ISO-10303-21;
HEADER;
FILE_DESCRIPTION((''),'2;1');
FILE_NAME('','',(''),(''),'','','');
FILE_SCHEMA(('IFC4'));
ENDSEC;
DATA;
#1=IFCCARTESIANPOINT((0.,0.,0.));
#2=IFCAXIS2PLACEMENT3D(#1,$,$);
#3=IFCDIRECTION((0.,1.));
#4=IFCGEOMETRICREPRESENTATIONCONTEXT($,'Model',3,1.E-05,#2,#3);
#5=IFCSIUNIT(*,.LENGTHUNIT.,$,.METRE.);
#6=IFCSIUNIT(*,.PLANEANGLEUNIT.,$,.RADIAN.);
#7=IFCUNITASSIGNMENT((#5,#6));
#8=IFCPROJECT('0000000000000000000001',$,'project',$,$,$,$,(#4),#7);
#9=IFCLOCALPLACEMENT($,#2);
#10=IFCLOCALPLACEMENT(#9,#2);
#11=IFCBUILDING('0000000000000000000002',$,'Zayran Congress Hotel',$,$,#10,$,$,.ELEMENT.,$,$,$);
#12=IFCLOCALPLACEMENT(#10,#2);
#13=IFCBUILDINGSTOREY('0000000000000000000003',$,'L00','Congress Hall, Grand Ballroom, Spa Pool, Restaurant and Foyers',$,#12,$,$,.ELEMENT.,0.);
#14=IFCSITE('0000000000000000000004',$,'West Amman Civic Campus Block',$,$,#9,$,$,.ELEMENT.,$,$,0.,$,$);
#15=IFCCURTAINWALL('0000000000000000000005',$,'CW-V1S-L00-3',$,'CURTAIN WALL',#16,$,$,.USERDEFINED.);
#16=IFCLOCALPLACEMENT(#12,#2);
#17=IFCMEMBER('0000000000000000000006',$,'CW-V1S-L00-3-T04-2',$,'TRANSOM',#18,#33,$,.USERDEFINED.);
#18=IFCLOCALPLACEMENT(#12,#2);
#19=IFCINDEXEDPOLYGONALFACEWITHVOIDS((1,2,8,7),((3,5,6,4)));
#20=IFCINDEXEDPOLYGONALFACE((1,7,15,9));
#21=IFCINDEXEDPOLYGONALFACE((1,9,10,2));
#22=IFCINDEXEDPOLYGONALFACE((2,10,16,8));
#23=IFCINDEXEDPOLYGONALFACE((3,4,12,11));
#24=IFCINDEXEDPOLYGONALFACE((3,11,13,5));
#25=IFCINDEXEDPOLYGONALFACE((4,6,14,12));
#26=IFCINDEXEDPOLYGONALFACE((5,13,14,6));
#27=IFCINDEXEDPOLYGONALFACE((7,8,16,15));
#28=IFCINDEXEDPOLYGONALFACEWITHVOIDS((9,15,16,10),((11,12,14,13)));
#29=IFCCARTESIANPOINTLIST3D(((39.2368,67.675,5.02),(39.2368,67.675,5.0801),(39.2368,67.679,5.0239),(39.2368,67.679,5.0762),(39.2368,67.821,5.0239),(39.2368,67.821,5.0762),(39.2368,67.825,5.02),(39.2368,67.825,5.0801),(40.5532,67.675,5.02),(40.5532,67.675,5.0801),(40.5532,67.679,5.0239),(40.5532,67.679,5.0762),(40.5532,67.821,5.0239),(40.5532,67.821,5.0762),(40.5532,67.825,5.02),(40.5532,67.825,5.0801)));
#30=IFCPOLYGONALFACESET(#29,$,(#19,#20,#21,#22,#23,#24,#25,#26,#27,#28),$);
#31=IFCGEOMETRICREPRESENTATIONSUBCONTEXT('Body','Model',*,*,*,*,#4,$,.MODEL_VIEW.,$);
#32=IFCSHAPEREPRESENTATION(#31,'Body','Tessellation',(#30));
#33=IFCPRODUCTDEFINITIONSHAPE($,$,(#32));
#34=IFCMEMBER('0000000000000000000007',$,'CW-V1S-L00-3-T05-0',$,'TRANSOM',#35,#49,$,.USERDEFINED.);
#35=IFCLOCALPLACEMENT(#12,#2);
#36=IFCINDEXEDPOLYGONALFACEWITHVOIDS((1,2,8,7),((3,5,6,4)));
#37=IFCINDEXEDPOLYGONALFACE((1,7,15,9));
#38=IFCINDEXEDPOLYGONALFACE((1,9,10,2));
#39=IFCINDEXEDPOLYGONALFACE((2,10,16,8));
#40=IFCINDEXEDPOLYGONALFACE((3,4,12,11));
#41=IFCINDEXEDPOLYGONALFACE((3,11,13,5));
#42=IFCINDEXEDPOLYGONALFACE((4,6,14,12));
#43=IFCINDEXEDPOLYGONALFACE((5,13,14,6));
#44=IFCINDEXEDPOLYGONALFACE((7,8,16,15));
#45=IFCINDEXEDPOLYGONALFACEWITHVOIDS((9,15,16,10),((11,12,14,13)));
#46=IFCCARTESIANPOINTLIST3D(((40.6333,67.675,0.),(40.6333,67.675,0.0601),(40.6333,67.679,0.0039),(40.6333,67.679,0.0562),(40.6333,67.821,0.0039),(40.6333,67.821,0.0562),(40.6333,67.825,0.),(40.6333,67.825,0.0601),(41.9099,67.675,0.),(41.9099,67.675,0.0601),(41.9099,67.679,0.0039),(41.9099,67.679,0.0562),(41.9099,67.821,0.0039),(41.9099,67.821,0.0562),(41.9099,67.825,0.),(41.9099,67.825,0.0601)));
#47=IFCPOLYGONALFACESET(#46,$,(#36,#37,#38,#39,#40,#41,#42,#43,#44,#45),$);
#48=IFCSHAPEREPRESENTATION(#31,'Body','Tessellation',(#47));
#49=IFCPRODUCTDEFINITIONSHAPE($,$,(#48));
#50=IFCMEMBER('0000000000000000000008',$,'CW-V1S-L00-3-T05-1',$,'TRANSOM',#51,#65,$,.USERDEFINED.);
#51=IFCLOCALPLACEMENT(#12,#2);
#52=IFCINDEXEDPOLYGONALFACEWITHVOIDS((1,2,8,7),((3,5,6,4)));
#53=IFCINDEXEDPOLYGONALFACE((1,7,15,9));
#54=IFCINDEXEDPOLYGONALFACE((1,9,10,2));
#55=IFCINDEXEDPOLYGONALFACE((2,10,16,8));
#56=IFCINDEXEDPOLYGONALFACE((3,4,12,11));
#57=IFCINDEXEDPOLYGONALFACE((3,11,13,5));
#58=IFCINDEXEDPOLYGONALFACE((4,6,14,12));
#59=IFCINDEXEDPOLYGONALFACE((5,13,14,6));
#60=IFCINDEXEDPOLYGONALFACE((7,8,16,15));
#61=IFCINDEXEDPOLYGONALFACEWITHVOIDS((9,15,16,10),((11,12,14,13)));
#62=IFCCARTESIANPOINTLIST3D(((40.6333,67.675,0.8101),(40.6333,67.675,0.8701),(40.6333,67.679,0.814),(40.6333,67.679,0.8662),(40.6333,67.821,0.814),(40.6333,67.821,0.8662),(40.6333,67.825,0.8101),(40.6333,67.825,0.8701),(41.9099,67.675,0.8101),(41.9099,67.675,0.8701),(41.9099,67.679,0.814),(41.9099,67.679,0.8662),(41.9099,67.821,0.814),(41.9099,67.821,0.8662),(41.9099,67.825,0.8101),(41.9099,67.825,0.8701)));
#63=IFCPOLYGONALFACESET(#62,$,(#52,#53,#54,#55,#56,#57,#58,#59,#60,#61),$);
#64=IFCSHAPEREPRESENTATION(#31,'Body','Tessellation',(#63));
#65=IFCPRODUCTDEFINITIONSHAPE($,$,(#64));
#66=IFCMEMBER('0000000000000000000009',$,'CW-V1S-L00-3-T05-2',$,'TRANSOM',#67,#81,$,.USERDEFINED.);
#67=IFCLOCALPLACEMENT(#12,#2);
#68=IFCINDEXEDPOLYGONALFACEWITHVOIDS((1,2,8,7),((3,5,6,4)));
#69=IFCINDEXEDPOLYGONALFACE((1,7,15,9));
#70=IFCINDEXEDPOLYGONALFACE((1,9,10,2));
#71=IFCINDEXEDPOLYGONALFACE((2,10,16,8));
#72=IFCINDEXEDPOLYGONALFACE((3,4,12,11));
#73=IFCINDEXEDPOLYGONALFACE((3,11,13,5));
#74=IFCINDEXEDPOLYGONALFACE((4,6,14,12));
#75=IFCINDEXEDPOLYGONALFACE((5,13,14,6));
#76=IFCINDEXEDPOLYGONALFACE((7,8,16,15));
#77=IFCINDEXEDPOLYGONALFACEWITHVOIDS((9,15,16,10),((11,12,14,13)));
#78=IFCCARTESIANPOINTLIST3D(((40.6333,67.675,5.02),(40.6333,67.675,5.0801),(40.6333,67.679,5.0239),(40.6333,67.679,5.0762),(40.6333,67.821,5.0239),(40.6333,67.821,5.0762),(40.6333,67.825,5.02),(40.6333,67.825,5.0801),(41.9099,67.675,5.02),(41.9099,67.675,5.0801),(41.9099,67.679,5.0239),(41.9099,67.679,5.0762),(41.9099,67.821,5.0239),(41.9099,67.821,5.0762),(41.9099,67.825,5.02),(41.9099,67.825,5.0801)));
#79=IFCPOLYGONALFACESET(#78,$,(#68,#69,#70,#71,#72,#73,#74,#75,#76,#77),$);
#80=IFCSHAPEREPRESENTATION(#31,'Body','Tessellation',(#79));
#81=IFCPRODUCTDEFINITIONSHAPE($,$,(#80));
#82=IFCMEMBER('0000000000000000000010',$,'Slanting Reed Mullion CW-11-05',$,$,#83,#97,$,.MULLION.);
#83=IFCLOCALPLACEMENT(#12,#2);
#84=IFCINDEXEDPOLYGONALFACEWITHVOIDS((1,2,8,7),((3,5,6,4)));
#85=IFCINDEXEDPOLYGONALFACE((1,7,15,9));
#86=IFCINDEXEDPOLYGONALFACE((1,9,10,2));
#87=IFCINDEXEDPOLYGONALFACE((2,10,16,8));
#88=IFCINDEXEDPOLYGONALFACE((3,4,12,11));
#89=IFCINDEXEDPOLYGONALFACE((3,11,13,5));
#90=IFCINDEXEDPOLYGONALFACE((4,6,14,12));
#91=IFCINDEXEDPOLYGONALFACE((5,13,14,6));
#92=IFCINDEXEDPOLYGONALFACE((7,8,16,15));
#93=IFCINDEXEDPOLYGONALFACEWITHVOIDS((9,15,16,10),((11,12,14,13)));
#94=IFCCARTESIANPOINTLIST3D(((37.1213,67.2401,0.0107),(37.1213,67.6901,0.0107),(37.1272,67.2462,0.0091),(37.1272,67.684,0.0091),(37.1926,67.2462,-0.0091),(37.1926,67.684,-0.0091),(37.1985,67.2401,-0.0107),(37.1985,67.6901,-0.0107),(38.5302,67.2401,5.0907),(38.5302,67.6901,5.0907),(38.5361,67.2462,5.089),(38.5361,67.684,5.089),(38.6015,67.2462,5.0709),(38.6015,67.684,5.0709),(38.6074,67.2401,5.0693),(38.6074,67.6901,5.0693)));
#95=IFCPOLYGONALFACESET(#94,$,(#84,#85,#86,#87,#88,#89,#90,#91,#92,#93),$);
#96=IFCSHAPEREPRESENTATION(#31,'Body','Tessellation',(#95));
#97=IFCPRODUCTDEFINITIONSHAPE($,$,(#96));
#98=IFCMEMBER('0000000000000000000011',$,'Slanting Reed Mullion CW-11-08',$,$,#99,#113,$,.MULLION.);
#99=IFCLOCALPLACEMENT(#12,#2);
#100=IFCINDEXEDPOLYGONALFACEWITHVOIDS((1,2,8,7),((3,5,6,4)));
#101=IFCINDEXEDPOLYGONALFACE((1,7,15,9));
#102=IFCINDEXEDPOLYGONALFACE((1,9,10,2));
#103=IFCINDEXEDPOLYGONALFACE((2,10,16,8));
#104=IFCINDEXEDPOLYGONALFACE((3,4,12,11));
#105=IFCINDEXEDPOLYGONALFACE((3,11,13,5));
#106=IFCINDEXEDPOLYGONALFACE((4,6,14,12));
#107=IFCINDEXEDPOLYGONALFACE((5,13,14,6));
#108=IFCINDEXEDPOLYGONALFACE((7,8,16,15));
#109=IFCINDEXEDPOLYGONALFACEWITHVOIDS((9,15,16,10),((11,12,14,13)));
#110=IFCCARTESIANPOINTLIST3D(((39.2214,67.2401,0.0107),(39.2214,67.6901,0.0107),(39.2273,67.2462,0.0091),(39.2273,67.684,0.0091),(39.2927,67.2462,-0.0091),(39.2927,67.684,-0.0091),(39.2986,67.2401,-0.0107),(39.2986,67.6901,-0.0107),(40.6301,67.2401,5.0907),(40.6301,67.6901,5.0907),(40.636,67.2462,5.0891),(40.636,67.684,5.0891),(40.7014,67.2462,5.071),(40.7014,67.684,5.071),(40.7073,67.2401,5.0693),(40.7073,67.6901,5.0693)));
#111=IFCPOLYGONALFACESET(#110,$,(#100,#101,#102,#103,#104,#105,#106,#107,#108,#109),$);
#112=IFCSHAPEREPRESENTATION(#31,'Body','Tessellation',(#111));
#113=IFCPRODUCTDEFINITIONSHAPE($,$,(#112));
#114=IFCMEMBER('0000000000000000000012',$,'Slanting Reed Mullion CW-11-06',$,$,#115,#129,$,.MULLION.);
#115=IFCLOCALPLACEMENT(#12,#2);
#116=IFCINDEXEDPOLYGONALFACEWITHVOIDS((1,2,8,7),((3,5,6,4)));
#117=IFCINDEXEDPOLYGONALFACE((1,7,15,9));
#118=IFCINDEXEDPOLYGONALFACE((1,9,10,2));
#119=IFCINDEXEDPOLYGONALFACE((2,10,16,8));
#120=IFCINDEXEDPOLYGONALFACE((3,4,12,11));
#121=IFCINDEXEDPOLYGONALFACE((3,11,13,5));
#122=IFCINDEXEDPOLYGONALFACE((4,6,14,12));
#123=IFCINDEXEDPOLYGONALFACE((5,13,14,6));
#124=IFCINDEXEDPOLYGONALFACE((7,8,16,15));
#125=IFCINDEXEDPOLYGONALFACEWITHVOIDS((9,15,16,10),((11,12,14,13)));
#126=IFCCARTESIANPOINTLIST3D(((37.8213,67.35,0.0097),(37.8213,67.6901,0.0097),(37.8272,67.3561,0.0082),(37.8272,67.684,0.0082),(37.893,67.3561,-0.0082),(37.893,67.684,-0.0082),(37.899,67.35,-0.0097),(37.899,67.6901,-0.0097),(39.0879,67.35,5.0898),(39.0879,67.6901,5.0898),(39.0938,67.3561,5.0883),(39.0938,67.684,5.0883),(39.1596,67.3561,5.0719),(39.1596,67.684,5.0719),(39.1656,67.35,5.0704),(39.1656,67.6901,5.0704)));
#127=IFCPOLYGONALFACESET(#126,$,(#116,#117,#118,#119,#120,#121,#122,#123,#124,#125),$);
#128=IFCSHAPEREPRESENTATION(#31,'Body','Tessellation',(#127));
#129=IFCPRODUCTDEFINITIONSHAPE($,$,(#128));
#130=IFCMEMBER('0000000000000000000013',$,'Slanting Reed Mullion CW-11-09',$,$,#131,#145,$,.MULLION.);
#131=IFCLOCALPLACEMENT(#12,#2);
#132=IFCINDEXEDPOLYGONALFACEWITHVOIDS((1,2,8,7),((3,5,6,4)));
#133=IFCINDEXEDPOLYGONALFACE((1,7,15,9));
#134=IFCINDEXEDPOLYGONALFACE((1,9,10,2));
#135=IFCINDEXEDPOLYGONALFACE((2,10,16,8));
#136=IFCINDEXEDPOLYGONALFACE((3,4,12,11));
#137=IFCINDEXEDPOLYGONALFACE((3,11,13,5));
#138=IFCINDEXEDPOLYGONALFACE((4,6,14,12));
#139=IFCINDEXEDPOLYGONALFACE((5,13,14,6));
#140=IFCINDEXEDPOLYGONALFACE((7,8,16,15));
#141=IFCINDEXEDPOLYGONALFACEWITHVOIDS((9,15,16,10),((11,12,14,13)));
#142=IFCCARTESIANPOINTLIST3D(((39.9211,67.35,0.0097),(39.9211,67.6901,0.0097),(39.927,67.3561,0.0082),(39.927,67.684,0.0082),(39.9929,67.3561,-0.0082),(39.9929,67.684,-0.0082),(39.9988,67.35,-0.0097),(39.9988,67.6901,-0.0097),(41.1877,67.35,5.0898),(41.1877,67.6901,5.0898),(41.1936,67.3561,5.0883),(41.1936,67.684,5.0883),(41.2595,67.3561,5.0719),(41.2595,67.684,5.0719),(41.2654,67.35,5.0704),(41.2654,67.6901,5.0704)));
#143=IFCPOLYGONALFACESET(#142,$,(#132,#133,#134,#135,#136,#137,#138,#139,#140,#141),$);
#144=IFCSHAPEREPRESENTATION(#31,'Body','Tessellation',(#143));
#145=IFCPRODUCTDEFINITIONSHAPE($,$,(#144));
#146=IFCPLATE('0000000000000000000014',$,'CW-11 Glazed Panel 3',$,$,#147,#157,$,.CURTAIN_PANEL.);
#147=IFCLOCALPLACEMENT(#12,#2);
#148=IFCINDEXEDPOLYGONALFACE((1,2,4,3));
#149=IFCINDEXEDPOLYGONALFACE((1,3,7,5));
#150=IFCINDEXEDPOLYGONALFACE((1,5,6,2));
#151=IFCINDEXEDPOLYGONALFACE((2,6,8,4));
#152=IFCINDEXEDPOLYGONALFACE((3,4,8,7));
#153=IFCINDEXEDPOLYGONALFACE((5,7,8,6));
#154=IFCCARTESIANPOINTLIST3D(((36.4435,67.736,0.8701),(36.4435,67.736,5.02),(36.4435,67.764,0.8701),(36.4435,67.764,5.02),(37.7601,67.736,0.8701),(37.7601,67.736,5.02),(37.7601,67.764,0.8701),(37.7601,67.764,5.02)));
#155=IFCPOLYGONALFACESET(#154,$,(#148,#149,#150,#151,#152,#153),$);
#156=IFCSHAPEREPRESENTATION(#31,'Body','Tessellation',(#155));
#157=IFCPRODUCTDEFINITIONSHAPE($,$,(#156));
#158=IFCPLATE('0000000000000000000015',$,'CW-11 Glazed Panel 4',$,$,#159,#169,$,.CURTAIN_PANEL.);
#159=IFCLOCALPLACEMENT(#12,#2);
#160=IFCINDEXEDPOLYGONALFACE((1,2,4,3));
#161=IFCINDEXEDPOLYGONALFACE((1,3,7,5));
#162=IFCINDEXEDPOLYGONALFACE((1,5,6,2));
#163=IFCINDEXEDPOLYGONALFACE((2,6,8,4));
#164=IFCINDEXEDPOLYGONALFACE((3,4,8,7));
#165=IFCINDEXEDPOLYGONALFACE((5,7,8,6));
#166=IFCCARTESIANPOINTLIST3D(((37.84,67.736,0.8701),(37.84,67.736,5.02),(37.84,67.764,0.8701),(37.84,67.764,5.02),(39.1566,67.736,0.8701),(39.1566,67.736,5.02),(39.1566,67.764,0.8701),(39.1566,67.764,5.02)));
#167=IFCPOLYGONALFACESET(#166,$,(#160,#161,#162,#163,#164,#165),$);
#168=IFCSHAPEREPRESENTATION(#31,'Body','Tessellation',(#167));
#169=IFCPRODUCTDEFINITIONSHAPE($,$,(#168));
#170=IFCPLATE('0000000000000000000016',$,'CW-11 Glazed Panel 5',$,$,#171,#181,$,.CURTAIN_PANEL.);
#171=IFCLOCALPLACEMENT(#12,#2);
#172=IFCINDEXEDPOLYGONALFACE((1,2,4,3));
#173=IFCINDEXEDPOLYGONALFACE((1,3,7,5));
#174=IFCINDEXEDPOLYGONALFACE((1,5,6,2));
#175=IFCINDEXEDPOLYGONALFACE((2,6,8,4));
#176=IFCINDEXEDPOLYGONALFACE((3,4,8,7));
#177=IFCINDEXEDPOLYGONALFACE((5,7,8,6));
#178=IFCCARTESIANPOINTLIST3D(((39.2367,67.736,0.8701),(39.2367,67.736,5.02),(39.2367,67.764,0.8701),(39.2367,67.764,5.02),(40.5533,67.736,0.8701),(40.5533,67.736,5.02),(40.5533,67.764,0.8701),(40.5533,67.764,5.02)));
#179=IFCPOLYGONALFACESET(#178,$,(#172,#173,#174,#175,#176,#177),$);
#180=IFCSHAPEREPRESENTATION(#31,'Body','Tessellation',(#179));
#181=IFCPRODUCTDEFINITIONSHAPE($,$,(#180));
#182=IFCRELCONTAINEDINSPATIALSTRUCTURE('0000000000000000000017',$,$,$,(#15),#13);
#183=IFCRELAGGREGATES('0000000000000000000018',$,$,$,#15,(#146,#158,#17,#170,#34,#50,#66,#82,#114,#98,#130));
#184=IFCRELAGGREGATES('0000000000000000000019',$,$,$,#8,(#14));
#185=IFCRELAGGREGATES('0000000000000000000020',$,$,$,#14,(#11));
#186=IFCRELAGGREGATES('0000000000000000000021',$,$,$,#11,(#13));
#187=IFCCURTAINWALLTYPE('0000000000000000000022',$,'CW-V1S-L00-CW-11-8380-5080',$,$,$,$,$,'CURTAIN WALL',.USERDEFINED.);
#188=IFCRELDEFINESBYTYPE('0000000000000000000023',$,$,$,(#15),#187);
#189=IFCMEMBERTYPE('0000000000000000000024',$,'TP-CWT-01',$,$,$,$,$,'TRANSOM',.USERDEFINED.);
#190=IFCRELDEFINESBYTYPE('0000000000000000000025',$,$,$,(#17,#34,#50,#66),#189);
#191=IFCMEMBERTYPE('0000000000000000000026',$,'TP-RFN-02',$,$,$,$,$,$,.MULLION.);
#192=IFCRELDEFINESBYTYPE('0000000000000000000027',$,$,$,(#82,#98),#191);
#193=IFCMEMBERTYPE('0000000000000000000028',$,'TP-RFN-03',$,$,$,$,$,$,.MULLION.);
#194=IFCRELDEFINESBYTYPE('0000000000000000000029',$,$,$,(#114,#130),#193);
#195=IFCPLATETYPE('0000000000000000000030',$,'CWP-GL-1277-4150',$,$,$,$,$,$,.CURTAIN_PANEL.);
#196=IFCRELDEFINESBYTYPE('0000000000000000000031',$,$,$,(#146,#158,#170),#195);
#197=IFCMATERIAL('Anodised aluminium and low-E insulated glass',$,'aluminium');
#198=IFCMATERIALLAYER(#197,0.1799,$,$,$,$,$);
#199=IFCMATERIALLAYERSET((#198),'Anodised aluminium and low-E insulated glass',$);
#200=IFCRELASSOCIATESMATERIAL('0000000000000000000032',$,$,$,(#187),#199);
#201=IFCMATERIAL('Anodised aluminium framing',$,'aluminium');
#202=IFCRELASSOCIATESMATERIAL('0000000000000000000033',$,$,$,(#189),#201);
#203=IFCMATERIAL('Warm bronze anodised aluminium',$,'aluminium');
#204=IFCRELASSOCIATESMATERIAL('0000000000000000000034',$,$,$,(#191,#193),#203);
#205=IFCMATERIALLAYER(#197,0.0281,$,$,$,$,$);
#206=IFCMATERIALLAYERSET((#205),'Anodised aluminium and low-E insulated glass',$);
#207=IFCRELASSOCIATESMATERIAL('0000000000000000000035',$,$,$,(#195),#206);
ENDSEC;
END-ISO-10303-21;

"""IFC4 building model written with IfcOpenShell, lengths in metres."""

from ifc_helpers import new_model, si_unit, direction, frame, origin, origin_2d, place, context, subcontext, project, spatial, rectangle, hollow_rectangle, extrude, material, layer, layer_set, material_profile, profile_set, type_object, element, aggregate, save


model = new_model("IFC4")

# Units and contexts
model_context = context("Model", 3, precision=1e-05, world=origin(), true_north=direction((0.0, 1.0)))
body_context = subcontext(model_context, "Body", "Model", "MODEL_VIEW")
ifc_project = project(units=[si_unit("LENGTHUNIT", "METRE"), si_unit("PLANEANGLEUNIT", "RADIAN")], contexts=[model_context])

# Site, building, storey
site_placement = place(None, origin())
site = spatial("IfcSite", under=ifc_project, at=site_placement, Name="West Amman Civic Campus Block", CompositionType="ELEMENT", RefElevation=0.0)
building_placement = place(site_placement, origin())
building = spatial("IfcBuilding", under=site, at=building_placement, Name="Zayran Congress Hotel", CompositionType="ELEMENT")
storey_placement = place(building_placement, origin())
storey = spatial("IfcBuildingStorey", under=building, at=storey_placement, Name="L00", Description="Congress Hall, Grand Ballroom, Spa Pool, Restaurant and Foyers", CompositionType="ELEMENT", Elevation=0.0)

# Curtain wall, members, plates
ifc_material_1 = material(Name="Anodised aluminium and low-E insulated glass", Category="aluminium")
ifc_layer_1 = layer(ifc_material_1, 0.1799)
ifc_layer_set_1 = layer_set([ifc_layer_1], Name="Anodised aluminium and low-E insulated glass")
curtain_wall_type = type_object("IfcCurtainWallType", Name="CW-V1S-L00-CW-11-8380-5080", ElementType="CURTAIN WALL", PredefinedType="USERDEFINED", material=ifc_layer_set_1)
curtain_wall_placement = place(storey_placement, origin())
curtain_wall = element("IfcCurtainWall", 1, at=curtain_wall_placement, inside=storey, type_object=curtain_wall_type, Name="CW-V1S-L00-3", ObjectType="CURTAIN WALL", PredefinedType="USERDEFINED")
ifc_material_2 = material(Name="Anodised aluminium framing", Category="aluminium")
ifc_material_profile_1 = material_profile(ifc_material_2, hollow_rectangle(XDim=0.0601, YDim=0.1499, WallThickness=0.0039, at=origin_2d()), Name="RHS 150x60x4")
ifc_profile_set_1 = profile_set([ifc_material_profile_1], Name="Anodised aluminium framing")
member_type_1 = type_object("IfcMemberType", Name="TP-CWT-01", ElementType="TRANSOM", PredefinedType="USERDEFINED", material=ifc_profile_set_1)
member_1_placement = place(storey_placement, frame((39.2368, 67.75, 5.05), z_axis=(1.0, 0.0, 0.0), x_axis=(0.0, 0.0, 1.0)))
member_1 = element("IfcMember", 2, at=member_1_placement, type_object=member_type_1, Name="CW-V1S-L00-3-T04-2", ObjectType="TRANSOM", PredefinedType="USERDEFINED", context=body_context, shape_type="SweptSolid", body=[
    extrude(hollow_rectangle(XDim=0.0601, YDim=0.1499, WallThickness=0.0039, at=origin_2d()), origin(), (0.0, 0.0, 1.0), 1.3164),
])
member_2_placement = place(storey_placement, frame((40.6333, 67.75, 0.03), z_axis=(1.0, 0.0, 0.0), x_axis=(0.0, 0.0, 1.0)))
member_2 = element("IfcMember", 3, at=member_2_placement, type_object=member_type_1, Name="CW-V1S-L00-3-T05-0", ObjectType="TRANSOM", PredefinedType="USERDEFINED", context=body_context, shape_type="SweptSolid", body=[
    extrude(hollow_rectangle(XDim=0.0601, YDim=0.1499, WallThickness=0.0039, at=origin_2d()), origin(), (0.0, 0.0, 1.0), 1.2766),
])
member_3_placement = place(storey_placement, frame((40.6333, 67.75, 0.8401), z_axis=(1.0, 0.0, 0.0), x_axis=(0.0, 0.0, 1.0)))
member_3 = element("IfcMember", 4, at=member_3_placement, type_object=member_type_1, Name="CW-V1S-L00-3-T05-1", ObjectType="TRANSOM", PredefinedType="USERDEFINED", context=body_context, shape_type="SweptSolid", body=[
    extrude(hollow_rectangle(XDim=0.0601, YDim=0.1499, WallThickness=0.0039, at=origin_2d()), origin(), (0.0, 0.0, 1.0), 1.2766),
])
member_4_placement = place(storey_placement, frame((40.6333, 67.75, 5.05), z_axis=(1.0, 0.0, 0.0), x_axis=(0.0, 0.0, 1.0)))
member_4 = element("IfcMember", 5, at=member_4_placement, type_object=member_type_1, Name="CW-V1S-L00-3-T05-2", ObjectType="TRANSOM", PredefinedType="USERDEFINED", context=body_context, shape_type="SweptSolid", body=[
    extrude(hollow_rectangle(XDim=0.0601, YDim=0.1499, WallThickness=0.0039, at=origin_2d()), origin(), (0.0, 0.0, 1.0), 1.2766),
])
ifc_material_3 = material(Name="Warm bronze anodised aluminium", Category="aluminium")
ifc_material_profile_2 = material_profile(ifc_material_3, hollow_rectangle(XDim=0.0801, YDim=0.45, WallThickness=0.0061, at=origin_2d()), Name="RHS 450x80x6")
ifc_profile_set_2 = profile_set([ifc_material_profile_2], Name="Warm bronze anodised aluminium")
member_type_2 = type_object("IfcMemberType", Name="TP-RFN-02", PredefinedType="MULLION", material=ifc_profile_set_2)
member_5_placement = place(storey_placement, frame((37.1599, 67.4651, 0.0), z_axis=(0.267257, 0.0, 0.963625), x_axis=(-0.963625, 0.0, 0.267257)))
member_5 = element("IfcMember", 6, at=member_5_placement, type_object=member_type_2, Name="Slanting Reed Mullion CW-11-05", PredefinedType="MULLION", context=body_context, shape_type="SweptSolid", body=[
    extrude(hollow_rectangle(XDim=0.0801, YDim=0.45, WallThickness=0.0061, at=origin_2d()), origin(), (0.0, 0.0, 1.0), 5.2717),
])
member_6_placement = place(storey_placement, frame((39.26, 67.4651, 0.0), z_axis=(0.267214, 0.0, 0.963637), x_axis=(-0.963637, 0.0, 0.267214)))
member_6 = element("IfcMember", 7, at=member_6_placement, type_object=member_type_2, Name="Slanting Reed Mullion CW-11-08", PredefinedType="MULLION", context=body_context, shape_type="SweptSolid", body=[
    extrude(hollow_rectangle(XDim=0.0801, YDim=0.45, WallThickness=0.0061, at=origin_2d()), origin(), (0.0, 0.0, 1.0), 5.2717),
])
ifc_material_profile_3 = material_profile(ifc_material_3, hollow_rectangle(XDim=0.0801, YDim=0.3401, WallThickness=0.0061, at=origin_2d()), Name="RHS 340x80x6")
ifc_profile_set_3 = profile_set([ifc_material_profile_3], Name="Warm bronze anodised aluminium")
member_type_3 = type_object("IfcMemberType", Name="TP-RFN-03", PredefinedType="MULLION", material=ifc_profile_set_3)
member_7_placement = place(storey_placement, frame((37.8601, 67.52, 0.0), z_axis=(0.241921, 0.0, 0.970296), x_axis=(-0.970296, 0.0, 0.241921)))
member_7 = element("IfcMember", 8, at=member_7_placement, type_object=member_type_3, Name="Slanting Reed Mullion CW-11-06", PredefinedType="MULLION", context=body_context, shape_type="SweptSolid", body=[
    extrude(hollow_rectangle(XDim=0.0801, YDim=0.3401, WallThickness=0.0061, at=origin_2d()), origin(), (0.0, 0.0, 1.0), 5.2356),
])
member_8_placement = place(storey_placement, frame((39.96, 67.52, 0.0), z_axis=(0.241921, 0.0, 0.970296), x_axis=(-0.970296, 0.0, 0.241921)))
member_8 = element("IfcMember", 9, at=member_8_placement, type_object=member_type_3, Name="Slanting Reed Mullion CW-11-09", PredefinedType="MULLION", context=body_context, shape_type="SweptSolid", body=[
    extrude(hollow_rectangle(XDim=0.0801, YDim=0.3401, WallThickness=0.0061, at=origin_2d()), origin(), (0.0, 0.0, 1.0), 5.2356),
])
ifc_layer_2 = layer(ifc_material_1, 0.0281)
ifc_layer_set_2 = layer_set([ifc_layer_2], Name="Anodised aluminium and low-E insulated glass")
plate_type_1 = type_object("IfcPlateType", Name="CWP-GL-1277-4150", PredefinedType="CURTAIN_PANEL", material=ifc_layer_set_2)
plate_1_placement = place(storey_placement, frame((37.1018, 67.75, 0.8701), z_axis=(0.0, 0.0, 1.0), x_axis=(1.0, 0.0, 0.0)))
plate_1 = element("IfcPlate", 10, at=plate_1_placement, type_object=plate_type_1, Name="CW-11 Glazed Panel 3", PredefinedType="CURTAIN_PANEL", context=body_context, shape_type="SweptSolid", body=[
    extrude(rectangle(XDim=1.3167, YDim=0.0281, at=origin_2d()), origin(), (0.0, 0.0, 1.0), 4.1499),
])
plate_2_placement = place(storey_placement, frame((38.4983, 67.75, 0.8701), z_axis=(0.0, 0.0, 1.0), x_axis=(1.0, 0.0, 0.0)))
plate_2 = element("IfcPlate", 11, at=plate_2_placement, type_object=plate_type_1, Name="CW-11 Glazed Panel 4", PredefinedType="CURTAIN_PANEL", context=body_context, shape_type="SweptSolid", body=[
    extrude(rectangle(XDim=1.3167, YDim=0.0281, at=origin_2d()), origin(), (0.0, 0.0, 1.0), 4.1499),
])
plate_3_placement = place(storey_placement, frame((39.895, 67.75, 0.8701), z_axis=(0.0, 0.0, 1.0), x_axis=(1.0, 0.0, 0.0)))
plate_3 = element("IfcPlate", 12, at=plate_3_placement, type_object=plate_type_1, Name="CW-11 Glazed Panel 5", PredefinedType="CURTAIN_PANEL", context=body_context, shape_type="SweptSolid", body=[
    extrude(rectangle(XDim=1.3167, YDim=0.0281, at=origin_2d()), origin(), (0.0, 0.0, 1.0), 4.1499),
])
aggregate(curtain_wall, [plate_1, plate_2, member_1, plate_3, member_2, member_3, member_4, member_5, member_7, member_6, member_8])

save(model, "model.ifc")
